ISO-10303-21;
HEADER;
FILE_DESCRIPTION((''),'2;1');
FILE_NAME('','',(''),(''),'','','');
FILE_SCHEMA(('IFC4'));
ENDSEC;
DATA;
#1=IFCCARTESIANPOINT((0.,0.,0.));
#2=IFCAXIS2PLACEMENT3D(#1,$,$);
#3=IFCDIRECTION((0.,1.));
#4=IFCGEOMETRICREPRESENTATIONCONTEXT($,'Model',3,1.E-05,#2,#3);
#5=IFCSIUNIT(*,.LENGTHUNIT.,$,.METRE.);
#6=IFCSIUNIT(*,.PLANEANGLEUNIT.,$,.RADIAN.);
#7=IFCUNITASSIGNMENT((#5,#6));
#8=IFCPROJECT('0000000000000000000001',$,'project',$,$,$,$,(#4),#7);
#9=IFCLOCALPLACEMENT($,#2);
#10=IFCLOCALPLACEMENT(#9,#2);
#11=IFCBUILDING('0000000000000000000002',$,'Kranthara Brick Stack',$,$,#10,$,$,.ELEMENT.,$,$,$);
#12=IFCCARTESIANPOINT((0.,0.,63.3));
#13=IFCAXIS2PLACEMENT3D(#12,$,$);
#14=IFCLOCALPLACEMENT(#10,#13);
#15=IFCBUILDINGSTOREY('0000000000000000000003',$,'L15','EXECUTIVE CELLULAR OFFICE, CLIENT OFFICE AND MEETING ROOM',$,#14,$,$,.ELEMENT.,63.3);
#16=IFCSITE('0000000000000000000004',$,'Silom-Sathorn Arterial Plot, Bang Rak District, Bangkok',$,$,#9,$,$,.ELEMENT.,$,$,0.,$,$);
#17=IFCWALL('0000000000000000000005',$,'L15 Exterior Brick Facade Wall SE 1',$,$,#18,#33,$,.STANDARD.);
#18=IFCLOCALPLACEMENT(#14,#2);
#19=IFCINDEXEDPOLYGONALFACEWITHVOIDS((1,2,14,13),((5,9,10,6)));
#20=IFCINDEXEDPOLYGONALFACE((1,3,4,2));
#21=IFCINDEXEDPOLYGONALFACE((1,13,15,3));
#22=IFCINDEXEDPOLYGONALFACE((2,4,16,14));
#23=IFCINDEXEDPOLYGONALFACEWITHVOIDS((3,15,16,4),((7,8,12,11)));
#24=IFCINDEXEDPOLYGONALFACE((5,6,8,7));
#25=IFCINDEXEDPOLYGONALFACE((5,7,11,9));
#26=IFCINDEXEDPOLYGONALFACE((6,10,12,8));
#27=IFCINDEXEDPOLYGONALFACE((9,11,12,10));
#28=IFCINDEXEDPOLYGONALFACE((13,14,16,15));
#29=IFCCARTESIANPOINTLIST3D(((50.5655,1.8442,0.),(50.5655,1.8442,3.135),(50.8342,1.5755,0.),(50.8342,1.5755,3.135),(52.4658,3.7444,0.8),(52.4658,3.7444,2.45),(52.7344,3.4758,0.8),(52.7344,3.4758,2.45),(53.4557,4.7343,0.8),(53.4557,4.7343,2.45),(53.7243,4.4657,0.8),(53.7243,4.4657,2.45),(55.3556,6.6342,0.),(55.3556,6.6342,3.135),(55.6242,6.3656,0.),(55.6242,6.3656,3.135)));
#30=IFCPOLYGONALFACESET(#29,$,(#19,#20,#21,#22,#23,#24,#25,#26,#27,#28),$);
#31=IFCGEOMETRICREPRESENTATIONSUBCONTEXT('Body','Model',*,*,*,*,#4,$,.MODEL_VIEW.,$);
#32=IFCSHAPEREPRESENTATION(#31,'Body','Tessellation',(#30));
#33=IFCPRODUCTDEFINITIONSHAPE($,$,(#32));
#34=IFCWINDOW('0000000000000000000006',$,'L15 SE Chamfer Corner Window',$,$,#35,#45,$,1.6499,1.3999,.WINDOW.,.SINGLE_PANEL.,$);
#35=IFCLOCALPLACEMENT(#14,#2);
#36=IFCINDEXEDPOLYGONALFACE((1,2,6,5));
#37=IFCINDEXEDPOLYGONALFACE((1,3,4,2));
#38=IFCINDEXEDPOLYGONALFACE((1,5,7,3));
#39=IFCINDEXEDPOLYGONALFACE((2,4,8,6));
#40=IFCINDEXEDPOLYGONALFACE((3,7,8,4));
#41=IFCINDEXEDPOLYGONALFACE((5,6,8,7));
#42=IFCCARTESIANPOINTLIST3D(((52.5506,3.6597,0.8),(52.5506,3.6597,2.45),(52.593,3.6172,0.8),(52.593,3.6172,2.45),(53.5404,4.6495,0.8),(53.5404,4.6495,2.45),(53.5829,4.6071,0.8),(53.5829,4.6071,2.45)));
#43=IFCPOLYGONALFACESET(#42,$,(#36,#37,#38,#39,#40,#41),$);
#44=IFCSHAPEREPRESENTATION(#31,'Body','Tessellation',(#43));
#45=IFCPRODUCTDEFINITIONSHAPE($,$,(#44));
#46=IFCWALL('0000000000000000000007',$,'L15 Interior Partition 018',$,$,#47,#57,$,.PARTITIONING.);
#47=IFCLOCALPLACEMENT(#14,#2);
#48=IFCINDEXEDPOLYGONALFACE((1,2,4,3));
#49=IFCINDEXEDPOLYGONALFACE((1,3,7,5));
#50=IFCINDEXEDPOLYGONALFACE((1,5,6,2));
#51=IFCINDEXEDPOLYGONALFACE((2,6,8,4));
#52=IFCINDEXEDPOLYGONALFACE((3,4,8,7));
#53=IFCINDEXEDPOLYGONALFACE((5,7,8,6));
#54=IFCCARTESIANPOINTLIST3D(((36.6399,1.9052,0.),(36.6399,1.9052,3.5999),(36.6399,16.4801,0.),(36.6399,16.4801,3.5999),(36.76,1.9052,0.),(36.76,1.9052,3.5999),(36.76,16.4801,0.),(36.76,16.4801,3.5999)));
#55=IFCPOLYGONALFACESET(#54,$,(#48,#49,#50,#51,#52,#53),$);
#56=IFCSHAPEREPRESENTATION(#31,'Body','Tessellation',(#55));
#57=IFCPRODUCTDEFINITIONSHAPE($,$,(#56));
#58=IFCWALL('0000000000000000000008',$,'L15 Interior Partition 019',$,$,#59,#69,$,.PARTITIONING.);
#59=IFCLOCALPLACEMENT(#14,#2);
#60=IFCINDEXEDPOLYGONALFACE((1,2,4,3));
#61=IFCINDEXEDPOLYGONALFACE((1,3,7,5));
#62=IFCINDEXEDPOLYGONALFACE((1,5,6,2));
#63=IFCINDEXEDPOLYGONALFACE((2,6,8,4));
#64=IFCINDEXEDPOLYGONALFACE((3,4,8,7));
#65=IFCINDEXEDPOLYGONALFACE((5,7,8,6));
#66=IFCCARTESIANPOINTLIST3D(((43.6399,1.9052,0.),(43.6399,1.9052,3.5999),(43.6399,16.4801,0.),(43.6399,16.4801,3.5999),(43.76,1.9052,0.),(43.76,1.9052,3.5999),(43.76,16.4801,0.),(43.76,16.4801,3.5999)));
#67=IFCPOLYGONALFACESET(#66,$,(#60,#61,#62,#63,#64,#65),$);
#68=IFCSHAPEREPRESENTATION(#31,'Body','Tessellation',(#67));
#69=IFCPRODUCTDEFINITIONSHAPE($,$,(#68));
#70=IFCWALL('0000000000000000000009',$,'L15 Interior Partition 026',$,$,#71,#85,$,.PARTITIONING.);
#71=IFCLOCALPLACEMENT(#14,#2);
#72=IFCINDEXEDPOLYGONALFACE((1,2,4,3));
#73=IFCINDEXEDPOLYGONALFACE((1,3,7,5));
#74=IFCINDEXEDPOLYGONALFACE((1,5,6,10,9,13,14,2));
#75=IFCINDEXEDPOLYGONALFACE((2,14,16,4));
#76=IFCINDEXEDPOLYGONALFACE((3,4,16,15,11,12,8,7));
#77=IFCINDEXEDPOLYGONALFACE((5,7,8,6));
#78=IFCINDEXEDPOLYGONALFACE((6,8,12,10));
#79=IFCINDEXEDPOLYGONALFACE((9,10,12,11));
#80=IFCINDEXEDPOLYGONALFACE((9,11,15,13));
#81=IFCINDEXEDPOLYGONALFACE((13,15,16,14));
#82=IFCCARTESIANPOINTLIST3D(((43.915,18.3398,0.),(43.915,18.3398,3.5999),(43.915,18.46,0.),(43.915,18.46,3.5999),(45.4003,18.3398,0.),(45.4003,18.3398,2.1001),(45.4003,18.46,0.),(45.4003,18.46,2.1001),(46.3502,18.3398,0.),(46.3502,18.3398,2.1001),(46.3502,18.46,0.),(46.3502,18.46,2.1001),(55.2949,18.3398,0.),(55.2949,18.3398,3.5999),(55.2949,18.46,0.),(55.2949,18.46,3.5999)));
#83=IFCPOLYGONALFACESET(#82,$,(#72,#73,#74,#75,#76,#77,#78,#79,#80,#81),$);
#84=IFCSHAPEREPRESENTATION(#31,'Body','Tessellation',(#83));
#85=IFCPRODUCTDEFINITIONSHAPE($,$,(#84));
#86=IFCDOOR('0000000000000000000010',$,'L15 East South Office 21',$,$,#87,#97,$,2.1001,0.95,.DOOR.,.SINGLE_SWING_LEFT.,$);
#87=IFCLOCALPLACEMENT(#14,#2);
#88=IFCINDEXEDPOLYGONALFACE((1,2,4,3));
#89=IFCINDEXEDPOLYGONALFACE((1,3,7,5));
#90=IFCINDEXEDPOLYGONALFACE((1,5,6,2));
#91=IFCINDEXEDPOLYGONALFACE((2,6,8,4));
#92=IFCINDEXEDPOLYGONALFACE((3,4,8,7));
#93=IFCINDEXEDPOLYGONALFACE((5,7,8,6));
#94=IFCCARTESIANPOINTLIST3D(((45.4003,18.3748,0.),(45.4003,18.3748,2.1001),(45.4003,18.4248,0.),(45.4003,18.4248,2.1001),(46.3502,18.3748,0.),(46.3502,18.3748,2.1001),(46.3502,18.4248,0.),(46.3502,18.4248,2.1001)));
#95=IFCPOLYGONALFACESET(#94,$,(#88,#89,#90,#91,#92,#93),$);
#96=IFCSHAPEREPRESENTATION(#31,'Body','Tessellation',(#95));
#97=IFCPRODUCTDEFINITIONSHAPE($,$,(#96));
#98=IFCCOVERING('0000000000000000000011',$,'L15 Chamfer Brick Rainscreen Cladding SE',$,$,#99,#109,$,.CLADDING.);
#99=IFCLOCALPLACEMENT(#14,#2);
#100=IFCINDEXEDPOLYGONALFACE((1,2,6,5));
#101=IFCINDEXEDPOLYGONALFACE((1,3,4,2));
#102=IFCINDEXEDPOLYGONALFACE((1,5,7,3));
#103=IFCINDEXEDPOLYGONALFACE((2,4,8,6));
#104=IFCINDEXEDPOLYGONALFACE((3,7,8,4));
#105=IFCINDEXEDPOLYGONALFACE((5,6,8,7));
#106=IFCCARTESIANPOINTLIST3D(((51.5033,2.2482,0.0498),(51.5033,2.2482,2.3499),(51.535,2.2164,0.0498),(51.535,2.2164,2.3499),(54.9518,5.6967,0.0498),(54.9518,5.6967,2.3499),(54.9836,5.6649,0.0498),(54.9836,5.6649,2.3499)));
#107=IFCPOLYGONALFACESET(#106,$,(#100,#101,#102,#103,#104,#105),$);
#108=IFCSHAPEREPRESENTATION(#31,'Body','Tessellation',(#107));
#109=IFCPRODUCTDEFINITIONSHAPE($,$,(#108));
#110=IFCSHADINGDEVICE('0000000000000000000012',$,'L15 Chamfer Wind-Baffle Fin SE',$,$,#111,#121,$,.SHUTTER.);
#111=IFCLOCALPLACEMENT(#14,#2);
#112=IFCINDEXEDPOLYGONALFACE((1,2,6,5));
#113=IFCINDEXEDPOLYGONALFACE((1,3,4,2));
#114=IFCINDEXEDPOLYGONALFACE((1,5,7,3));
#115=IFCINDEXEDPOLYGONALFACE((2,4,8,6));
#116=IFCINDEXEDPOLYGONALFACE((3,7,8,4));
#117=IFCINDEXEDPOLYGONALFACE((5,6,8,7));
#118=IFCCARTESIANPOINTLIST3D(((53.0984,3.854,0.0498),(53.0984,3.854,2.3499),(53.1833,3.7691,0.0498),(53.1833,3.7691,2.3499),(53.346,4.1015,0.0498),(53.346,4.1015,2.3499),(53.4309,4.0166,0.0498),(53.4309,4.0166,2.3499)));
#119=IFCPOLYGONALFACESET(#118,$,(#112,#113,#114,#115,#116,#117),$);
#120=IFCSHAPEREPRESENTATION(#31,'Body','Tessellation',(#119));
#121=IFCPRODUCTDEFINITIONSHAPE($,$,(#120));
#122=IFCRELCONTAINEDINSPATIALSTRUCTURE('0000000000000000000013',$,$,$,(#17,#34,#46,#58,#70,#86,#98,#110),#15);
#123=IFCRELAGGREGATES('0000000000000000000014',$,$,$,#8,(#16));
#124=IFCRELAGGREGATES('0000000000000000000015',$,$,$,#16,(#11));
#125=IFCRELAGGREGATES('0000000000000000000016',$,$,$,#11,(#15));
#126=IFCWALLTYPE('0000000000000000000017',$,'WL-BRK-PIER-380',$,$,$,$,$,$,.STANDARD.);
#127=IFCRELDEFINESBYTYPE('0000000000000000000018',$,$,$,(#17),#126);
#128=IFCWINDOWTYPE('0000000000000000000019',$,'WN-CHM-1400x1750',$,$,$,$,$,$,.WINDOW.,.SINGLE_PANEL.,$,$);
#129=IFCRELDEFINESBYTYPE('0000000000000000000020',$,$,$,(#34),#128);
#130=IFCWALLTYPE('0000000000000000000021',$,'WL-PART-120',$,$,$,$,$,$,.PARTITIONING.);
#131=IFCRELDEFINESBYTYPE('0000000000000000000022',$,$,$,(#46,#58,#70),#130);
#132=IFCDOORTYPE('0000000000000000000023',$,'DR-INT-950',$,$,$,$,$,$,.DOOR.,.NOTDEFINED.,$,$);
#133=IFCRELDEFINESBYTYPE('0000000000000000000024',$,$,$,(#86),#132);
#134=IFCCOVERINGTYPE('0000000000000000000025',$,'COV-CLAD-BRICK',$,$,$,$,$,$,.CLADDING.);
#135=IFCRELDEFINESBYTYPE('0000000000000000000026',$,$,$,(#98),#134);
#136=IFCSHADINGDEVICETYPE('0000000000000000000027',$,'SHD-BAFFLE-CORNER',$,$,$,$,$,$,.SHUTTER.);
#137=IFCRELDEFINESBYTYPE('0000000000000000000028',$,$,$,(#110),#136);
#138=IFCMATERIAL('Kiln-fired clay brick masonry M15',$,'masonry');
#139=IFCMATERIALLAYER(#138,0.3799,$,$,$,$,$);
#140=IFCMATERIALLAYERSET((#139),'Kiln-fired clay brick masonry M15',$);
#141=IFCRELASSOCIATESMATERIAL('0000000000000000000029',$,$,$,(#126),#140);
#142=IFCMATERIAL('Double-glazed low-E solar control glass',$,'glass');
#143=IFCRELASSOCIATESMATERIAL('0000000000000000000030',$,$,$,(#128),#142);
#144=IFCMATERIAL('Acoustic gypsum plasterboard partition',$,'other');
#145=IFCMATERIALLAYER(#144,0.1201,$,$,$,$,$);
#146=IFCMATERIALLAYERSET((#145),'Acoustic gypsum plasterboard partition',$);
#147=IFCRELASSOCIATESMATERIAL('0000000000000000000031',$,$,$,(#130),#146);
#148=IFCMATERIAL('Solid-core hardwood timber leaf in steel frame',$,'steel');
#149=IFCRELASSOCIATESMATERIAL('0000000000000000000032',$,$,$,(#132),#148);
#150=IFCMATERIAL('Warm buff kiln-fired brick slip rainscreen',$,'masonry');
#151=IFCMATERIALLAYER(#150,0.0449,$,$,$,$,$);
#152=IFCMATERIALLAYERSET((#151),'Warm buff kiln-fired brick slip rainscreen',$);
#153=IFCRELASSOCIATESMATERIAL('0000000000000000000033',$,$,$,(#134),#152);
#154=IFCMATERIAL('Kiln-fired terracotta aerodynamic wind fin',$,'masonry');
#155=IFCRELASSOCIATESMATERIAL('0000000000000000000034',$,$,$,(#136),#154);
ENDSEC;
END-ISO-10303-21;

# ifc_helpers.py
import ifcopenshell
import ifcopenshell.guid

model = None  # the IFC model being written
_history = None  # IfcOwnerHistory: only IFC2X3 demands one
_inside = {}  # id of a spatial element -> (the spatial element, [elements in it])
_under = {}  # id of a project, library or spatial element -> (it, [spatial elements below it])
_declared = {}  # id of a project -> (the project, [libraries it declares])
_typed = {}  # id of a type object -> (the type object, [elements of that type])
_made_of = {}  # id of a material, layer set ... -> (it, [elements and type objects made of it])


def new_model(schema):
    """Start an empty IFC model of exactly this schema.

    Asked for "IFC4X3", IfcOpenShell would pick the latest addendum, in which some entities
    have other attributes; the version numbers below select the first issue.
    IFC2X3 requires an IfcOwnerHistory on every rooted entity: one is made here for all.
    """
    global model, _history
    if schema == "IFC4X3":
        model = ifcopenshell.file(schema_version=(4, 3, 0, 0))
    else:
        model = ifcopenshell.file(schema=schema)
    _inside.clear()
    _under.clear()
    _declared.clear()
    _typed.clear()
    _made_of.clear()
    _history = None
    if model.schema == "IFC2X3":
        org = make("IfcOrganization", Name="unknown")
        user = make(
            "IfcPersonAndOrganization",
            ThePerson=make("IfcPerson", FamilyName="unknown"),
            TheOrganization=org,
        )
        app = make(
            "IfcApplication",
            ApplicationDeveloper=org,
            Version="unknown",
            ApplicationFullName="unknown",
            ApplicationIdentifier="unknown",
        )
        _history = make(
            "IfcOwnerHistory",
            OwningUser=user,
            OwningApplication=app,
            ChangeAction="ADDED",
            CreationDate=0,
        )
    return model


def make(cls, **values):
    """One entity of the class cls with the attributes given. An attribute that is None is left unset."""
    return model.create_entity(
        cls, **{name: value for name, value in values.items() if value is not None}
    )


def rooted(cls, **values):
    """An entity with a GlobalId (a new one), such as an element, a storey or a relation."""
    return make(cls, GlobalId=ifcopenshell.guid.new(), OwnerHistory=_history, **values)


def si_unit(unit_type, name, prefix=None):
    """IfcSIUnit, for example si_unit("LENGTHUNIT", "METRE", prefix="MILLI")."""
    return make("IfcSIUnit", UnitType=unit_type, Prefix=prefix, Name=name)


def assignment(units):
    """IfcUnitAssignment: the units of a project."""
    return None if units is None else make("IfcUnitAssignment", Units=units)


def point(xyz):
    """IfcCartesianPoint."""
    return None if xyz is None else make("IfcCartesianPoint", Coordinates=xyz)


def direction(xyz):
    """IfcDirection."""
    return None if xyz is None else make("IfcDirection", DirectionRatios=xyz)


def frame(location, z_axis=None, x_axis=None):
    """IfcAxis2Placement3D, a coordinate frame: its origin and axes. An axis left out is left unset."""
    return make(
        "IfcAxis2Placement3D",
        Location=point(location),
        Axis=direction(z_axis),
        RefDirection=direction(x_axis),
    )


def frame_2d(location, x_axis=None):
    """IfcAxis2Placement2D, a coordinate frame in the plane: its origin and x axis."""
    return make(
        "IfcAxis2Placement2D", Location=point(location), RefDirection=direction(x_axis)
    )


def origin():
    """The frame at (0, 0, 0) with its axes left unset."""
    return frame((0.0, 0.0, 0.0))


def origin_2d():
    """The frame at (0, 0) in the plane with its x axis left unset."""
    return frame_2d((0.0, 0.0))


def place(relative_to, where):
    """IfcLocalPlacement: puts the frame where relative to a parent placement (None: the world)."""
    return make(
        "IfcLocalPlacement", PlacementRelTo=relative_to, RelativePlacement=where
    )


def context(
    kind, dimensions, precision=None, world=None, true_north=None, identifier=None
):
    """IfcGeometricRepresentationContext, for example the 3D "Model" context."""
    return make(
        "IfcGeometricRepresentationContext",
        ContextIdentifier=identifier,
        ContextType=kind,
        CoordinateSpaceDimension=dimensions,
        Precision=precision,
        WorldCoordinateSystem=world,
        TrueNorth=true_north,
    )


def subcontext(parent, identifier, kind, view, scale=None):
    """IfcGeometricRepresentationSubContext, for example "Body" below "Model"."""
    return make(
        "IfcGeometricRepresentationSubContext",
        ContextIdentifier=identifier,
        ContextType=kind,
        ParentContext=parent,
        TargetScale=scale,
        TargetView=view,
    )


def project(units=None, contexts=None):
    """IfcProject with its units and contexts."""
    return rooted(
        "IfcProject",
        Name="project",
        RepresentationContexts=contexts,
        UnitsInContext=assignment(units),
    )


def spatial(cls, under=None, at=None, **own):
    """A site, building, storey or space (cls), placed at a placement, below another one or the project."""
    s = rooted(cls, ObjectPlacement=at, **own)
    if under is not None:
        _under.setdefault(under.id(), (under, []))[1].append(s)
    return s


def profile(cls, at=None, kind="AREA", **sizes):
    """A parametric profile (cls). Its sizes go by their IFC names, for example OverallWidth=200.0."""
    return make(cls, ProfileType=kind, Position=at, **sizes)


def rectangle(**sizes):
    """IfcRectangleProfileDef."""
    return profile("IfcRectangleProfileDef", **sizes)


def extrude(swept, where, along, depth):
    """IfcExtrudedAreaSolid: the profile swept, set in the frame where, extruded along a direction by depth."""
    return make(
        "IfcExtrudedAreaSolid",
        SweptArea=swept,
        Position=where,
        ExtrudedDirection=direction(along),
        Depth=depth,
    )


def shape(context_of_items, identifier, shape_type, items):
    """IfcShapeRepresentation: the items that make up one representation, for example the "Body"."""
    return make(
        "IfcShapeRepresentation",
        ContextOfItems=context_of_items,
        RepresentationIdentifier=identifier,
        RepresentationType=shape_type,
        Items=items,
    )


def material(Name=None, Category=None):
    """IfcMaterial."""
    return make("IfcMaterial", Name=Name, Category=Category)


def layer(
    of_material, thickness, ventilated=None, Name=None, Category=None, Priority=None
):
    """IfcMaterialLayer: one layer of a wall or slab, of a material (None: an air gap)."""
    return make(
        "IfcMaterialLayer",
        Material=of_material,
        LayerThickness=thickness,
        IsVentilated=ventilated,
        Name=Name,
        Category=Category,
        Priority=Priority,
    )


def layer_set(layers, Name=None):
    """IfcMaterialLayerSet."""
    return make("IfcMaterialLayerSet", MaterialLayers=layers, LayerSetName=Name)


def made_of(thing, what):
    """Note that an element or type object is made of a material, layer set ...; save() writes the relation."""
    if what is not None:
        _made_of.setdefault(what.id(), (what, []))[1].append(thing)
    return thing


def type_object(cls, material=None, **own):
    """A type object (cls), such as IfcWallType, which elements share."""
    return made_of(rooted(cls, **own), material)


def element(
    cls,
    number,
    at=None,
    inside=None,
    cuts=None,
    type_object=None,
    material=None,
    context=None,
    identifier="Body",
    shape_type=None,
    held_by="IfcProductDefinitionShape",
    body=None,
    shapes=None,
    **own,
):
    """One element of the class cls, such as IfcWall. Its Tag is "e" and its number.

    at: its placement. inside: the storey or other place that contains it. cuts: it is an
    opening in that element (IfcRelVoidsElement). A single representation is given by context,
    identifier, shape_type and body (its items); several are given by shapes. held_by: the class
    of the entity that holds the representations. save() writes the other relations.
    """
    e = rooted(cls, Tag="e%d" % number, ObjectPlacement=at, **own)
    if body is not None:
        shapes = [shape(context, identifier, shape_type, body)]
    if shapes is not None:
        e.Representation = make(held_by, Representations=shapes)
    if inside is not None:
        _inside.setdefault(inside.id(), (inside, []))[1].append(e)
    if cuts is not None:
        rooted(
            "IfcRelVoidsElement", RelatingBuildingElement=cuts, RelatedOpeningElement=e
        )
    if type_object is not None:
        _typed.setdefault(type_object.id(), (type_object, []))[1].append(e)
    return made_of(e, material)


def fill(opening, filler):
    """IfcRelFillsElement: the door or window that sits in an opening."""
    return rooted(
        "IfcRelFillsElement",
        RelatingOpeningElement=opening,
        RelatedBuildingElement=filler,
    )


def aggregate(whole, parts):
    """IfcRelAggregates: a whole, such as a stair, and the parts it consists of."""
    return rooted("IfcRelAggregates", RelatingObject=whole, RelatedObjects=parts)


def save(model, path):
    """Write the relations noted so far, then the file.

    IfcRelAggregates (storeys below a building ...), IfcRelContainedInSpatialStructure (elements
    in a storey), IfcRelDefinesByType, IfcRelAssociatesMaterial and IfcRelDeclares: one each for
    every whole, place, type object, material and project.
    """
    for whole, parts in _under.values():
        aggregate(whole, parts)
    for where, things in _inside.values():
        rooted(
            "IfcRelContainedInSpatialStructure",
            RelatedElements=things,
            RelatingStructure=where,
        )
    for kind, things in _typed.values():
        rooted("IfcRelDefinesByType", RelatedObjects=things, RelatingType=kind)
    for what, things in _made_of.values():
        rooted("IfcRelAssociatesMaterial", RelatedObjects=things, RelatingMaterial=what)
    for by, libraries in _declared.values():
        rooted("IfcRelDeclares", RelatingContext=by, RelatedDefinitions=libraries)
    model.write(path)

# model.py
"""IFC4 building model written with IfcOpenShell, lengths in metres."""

from ifc_helpers import new_model, si_unit, direction, frame, frame_2d, origin, origin_2d, place, context, subcontext, project, spatial, rectangle, extrude, material, layer, layer_set, type_object, element, fill, save


model = new_model("IFC4")

# Units and contexts
model_context = context("Model", 3, precision=1e-05, world=origin(), true_north=direction((0.0, 1.0)))
body_context = subcontext(model_context, "Body", "Model", "MODEL_VIEW")
ifc_project = project(units=[si_unit("LENGTHUNIT", "METRE"), si_unit("PLANEANGLEUNIT", "RADIAN")], contexts=[model_context])

# Site, building, storey
site_placement = place(None, origin())
site = spatial("IfcSite", under=ifc_project, at=site_placement, Name="Silom-Sathorn Arterial Plot, Bang Rak District, Bangkok", CompositionType="ELEMENT", RefElevation=0.0)
building_placement = place(site_placement, origin())
building = spatial("IfcBuilding", under=site, at=building_placement, Name="Kranthara Brick Stack", CompositionType="ELEMENT")
storey_placement = place(building_placement, frame((0.0, 0.0, 63.3)))
storey = spatial("IfcBuildingStorey", under=building, at=storey_placement, Name="L15", Description="EXECUTIVE CELLULAR OFFICE, CLIENT OFFICE AND MEETING ROOM", CompositionType="ELEMENT", Elevation=63.3)

# Shared definitions
ifc_material_1 = material(Name="Kiln-fired clay brick masonry M15", Category="masonry")
ifc_layer_1 = layer(ifc_material_1, 0.3799)
ifc_layer_set_1 = layer_set([ifc_layer_1], Name="Kiln-fired clay brick masonry M15")
wall_type_1 = type_object("IfcWallType", Name="WL-BRK-PIER-380", PredefinedType="STANDARD", material=ifc_layer_set_1)

# Wall, opening, window
wall_1_placement = place(storey_placement, frame((55.49, 6.5, 0.0), z_axis=(0.0, 0.0, 1.0), x_axis=(-0.707107, -0.707107, 0.0)))
wall_1 = element("IfcWall", 1, at=wall_1_placement, inside=storey, type_object=wall_type_1, Name="L15 Exterior Brick Facade Wall SE 1", PredefinedType="STANDARD", context=body_context, shape_type="SweptSolid", body=[
    extrude(rectangle(XDim=6.7742, YDim=0.3799, at=frame_2d((3.3872, 0.0))), origin(), (0.0, 0.0, 1.0), 3.135),
])
opening_1_placement = place(wall_1_placement, frame((2.687, 0.0, 0.8)))
opening_1 = element("IfcOpeningElement", 2, at=opening_1_placement, cuts=wall_1, PredefinedType="OPENING", context=body_context, shape_type="SweptSolid", body=[
    extrude(rectangle(XDim=1.3999, YDim=1.6499, at=frame_2d((0.7, 0.825))), frame((0.0, 0.2, 0.0), z_axis=(0.0, -1.0, 0.0), x_axis=(1.0, 0.0, 0.0)), (0.0, 0.0, 1.0), 0.3999),
])
ifc_material_2 = material(Name="Double-glazed low-E solar control glass", Category="glass")
window_type_1 = type_object("IfcWindowType", Name="WN-CHM-1400x1750", PartitioningType="SINGLE_PANEL", PredefinedType="WINDOW", material=ifc_material_2)
window_1_placement = place(opening_1_placement, origin())
window_1 = element("IfcWindow", 3, at=window_1_placement, inside=storey, type_object=window_type_1, Name="L15 SE Chamfer Corner Window", OverallHeight=1.6499, OverallWidth=1.3999, PartitioningType="SINGLE_PANEL", PredefinedType="WINDOW", context=body_context, shape_type="SweptSolid", body=[
    extrude(rectangle(XDim=1.3999, YDim=1.6499, at=frame_2d((0.7, 0.825))), frame((0.0, -0.01, 0.0), z_axis=(0.0, -1.0, 0.0), x_axis=(1.0, 0.0, 0.0)), (0.0, 0.0, 1.0), 0.0601),
])
fill(opening_1, window_1)

# Walls
ifc_material_3 = material(Name="Acoustic gypsum plasterboard partition", Category="other")
ifc_layer_2 = layer(ifc_material_3, 0.1201)
ifc_layer_set_2 = layer_set([ifc_layer_2], Name="Acoustic gypsum plasterboard partition")
wall_type_2 = type_object("IfcWallType", Name="WL-PART-120", PredefinedType="PARTITIONING", material=ifc_layer_set_2)
for number, where, z_axis, x_axis, name in (
    (4, (36.7, 1.905, 0.0), (0.0, 0.0, 1.0), (0.0, 1.0, 0.0), "L15 Interior Partition 018"),
    (5, (43.7, 1.905, 0.0), (0.0, 0.0, 1.0), (0.0, 1.0, 0.0), "L15 Interior Partition 019"),
):
    element("IfcWall", number, at=place(storey_placement, frame(where, z_axis=z_axis, x_axis=x_axis)), inside=storey, type_object=wall_type_2, Name=name, PredefinedType="PARTITIONING", context=body_context, shape_type="SweptSolid", body=[
        extrude(rectangle(XDim=14.575, YDim=0.1201, at=frame_2d((7.2876, 0.0))), origin(), (0.0, 0.0, 1.0), 3.5999),
    ])

# Wall, opening, door
wall_2_placement = place(storey_placement, frame((43.915, 18.3999, 0.0), z_axis=(0.0, 0.0, 1.0), x_axis=(1.0, 0.0, 0.0)))
wall_2 = element("IfcWall", 6, at=wall_2_placement, inside=storey, type_object=wall_type_2, Name="L15 Interior Partition 026", PredefinedType="PARTITIONING", context=body_context, shape_type="SweptSolid", body=[
    extrude(rectangle(XDim=11.3799, YDim=0.1201, at=frame_2d((5.6899, 0.0))), origin(), (0.0, 0.0, 1.0), 3.5999),
])
opening_2_placement = place(wall_2_placement, frame((1.4851, 0.0, 0.0)))
opening_2 = element("IfcOpeningElement", 7, at=opening_2_placement, cuts=wall_2, PredefinedType="OPENING", context=body_context, shape_type="SweptSolid", body=[
    extrude(rectangle(XDim=0.95, YDim=2.1001, at=frame_2d((0.4751, 1.05))), frame((0.0, 0.0701, 0.0), z_axis=(0.0, -1.0, 0.0), x_axis=(1.0, 0.0, 0.0)), (0.0, 0.0, 1.0), 0.1401),
])
ifc_material_4 = material(Name="Solid-core hardwood timber leaf in steel frame", Category="steel")
door_type_1 = type_object("IfcDoorType", Name="DR-INT-950", OperationType="NOTDEFINED", PredefinedType="DOOR", material=ifc_material_4)
door_1_placement = place(opening_2_placement, origin())
door_1 = element("IfcDoor", 8, at=door_1_placement, inside=storey, type_object=door_type_1, Name="L15 East South Office 21", OperationType="SINGLE_SWING_LEFT", OverallHeight=2.1001, OverallWidth=0.95, PredefinedType="DOOR", context=body_context, shape_type="SweptSolid", body=[
    extrude(rectangle(XDim=0.95, YDim=2.1001, at=frame_2d((0.4751, 1.05))), frame((0.0, 0.0249, 0.0), z_axis=(0.0, -1.0, 0.0), x_axis=(1.0, 0.0, 0.0)), (0.0, 0.0, 1.0), 0.05),
])
fill(opening_2, door_1)

# Covering
ifc_material_5 = material(Name="Warm buff kiln-fired brick slip rainscreen", Category="masonry")
ifc_layer_3 = layer(ifc_material_5, 0.0449)
ifc_layer_set_3 = layer_set([ifc_layer_3], Name="Warm buff kiln-fired brick slip rainscreen")
covering_type = type_object("IfcCoveringType", Name="COV-CLAD-BRICK", PredefinedType="CLADDING", material=ifc_layer_set_3)
covering_placement = place(storey_placement, frame((53.2434, 3.9565, 0.0498), z_axis=(0.0, 0.0, 1.0), x_axis=(-0.707107, -0.707107, 0.0)))
element("IfcCovering", 9, at=covering_placement, inside=storey, type_object=covering_type, Name="L15 Chamfer Brick Rainscreen Cladding SE", PredefinedType="CLADDING", context=body_context, shape_type="SweptSolid", body=[
    extrude(rectangle(XDim=4.877, YDim=0.0449, at=origin_2d()), origin(), (0.0, 0.0, 1.0), 2.3),
])

# Shading device
ifc_material_6 = material(Name="Kiln-fired terracotta aerodynamic wind fin", Category="masonry")
shading_device_type = type_object("IfcShadingDeviceType", Name="SHD-BAFFLE-CORNER", PredefinedType="SHUTTER", material=ifc_material_6)
shading_device_placement = place(storey_placement, frame((53.2646, 3.9353, 0.0498), z_axis=(0.0, 0.0, 1.0), x_axis=(-0.707107, -0.707107, 0.0)))
element("IfcShadingDevice", 10, at=shading_device_placement, inside=storey, type_object=shading_device_type, Name="L15 Chamfer Wind-Baffle Fin SE", PredefinedType="SHUTTER", context=body_context, shape_type="SweptSolid", body=[
    extrude(rectangle(XDim=0.3501, YDim=0.1201, at=origin_2d()), origin(), (0.0, 0.0, 1.0), 2.3),
])

save(model, "model.ifc")
